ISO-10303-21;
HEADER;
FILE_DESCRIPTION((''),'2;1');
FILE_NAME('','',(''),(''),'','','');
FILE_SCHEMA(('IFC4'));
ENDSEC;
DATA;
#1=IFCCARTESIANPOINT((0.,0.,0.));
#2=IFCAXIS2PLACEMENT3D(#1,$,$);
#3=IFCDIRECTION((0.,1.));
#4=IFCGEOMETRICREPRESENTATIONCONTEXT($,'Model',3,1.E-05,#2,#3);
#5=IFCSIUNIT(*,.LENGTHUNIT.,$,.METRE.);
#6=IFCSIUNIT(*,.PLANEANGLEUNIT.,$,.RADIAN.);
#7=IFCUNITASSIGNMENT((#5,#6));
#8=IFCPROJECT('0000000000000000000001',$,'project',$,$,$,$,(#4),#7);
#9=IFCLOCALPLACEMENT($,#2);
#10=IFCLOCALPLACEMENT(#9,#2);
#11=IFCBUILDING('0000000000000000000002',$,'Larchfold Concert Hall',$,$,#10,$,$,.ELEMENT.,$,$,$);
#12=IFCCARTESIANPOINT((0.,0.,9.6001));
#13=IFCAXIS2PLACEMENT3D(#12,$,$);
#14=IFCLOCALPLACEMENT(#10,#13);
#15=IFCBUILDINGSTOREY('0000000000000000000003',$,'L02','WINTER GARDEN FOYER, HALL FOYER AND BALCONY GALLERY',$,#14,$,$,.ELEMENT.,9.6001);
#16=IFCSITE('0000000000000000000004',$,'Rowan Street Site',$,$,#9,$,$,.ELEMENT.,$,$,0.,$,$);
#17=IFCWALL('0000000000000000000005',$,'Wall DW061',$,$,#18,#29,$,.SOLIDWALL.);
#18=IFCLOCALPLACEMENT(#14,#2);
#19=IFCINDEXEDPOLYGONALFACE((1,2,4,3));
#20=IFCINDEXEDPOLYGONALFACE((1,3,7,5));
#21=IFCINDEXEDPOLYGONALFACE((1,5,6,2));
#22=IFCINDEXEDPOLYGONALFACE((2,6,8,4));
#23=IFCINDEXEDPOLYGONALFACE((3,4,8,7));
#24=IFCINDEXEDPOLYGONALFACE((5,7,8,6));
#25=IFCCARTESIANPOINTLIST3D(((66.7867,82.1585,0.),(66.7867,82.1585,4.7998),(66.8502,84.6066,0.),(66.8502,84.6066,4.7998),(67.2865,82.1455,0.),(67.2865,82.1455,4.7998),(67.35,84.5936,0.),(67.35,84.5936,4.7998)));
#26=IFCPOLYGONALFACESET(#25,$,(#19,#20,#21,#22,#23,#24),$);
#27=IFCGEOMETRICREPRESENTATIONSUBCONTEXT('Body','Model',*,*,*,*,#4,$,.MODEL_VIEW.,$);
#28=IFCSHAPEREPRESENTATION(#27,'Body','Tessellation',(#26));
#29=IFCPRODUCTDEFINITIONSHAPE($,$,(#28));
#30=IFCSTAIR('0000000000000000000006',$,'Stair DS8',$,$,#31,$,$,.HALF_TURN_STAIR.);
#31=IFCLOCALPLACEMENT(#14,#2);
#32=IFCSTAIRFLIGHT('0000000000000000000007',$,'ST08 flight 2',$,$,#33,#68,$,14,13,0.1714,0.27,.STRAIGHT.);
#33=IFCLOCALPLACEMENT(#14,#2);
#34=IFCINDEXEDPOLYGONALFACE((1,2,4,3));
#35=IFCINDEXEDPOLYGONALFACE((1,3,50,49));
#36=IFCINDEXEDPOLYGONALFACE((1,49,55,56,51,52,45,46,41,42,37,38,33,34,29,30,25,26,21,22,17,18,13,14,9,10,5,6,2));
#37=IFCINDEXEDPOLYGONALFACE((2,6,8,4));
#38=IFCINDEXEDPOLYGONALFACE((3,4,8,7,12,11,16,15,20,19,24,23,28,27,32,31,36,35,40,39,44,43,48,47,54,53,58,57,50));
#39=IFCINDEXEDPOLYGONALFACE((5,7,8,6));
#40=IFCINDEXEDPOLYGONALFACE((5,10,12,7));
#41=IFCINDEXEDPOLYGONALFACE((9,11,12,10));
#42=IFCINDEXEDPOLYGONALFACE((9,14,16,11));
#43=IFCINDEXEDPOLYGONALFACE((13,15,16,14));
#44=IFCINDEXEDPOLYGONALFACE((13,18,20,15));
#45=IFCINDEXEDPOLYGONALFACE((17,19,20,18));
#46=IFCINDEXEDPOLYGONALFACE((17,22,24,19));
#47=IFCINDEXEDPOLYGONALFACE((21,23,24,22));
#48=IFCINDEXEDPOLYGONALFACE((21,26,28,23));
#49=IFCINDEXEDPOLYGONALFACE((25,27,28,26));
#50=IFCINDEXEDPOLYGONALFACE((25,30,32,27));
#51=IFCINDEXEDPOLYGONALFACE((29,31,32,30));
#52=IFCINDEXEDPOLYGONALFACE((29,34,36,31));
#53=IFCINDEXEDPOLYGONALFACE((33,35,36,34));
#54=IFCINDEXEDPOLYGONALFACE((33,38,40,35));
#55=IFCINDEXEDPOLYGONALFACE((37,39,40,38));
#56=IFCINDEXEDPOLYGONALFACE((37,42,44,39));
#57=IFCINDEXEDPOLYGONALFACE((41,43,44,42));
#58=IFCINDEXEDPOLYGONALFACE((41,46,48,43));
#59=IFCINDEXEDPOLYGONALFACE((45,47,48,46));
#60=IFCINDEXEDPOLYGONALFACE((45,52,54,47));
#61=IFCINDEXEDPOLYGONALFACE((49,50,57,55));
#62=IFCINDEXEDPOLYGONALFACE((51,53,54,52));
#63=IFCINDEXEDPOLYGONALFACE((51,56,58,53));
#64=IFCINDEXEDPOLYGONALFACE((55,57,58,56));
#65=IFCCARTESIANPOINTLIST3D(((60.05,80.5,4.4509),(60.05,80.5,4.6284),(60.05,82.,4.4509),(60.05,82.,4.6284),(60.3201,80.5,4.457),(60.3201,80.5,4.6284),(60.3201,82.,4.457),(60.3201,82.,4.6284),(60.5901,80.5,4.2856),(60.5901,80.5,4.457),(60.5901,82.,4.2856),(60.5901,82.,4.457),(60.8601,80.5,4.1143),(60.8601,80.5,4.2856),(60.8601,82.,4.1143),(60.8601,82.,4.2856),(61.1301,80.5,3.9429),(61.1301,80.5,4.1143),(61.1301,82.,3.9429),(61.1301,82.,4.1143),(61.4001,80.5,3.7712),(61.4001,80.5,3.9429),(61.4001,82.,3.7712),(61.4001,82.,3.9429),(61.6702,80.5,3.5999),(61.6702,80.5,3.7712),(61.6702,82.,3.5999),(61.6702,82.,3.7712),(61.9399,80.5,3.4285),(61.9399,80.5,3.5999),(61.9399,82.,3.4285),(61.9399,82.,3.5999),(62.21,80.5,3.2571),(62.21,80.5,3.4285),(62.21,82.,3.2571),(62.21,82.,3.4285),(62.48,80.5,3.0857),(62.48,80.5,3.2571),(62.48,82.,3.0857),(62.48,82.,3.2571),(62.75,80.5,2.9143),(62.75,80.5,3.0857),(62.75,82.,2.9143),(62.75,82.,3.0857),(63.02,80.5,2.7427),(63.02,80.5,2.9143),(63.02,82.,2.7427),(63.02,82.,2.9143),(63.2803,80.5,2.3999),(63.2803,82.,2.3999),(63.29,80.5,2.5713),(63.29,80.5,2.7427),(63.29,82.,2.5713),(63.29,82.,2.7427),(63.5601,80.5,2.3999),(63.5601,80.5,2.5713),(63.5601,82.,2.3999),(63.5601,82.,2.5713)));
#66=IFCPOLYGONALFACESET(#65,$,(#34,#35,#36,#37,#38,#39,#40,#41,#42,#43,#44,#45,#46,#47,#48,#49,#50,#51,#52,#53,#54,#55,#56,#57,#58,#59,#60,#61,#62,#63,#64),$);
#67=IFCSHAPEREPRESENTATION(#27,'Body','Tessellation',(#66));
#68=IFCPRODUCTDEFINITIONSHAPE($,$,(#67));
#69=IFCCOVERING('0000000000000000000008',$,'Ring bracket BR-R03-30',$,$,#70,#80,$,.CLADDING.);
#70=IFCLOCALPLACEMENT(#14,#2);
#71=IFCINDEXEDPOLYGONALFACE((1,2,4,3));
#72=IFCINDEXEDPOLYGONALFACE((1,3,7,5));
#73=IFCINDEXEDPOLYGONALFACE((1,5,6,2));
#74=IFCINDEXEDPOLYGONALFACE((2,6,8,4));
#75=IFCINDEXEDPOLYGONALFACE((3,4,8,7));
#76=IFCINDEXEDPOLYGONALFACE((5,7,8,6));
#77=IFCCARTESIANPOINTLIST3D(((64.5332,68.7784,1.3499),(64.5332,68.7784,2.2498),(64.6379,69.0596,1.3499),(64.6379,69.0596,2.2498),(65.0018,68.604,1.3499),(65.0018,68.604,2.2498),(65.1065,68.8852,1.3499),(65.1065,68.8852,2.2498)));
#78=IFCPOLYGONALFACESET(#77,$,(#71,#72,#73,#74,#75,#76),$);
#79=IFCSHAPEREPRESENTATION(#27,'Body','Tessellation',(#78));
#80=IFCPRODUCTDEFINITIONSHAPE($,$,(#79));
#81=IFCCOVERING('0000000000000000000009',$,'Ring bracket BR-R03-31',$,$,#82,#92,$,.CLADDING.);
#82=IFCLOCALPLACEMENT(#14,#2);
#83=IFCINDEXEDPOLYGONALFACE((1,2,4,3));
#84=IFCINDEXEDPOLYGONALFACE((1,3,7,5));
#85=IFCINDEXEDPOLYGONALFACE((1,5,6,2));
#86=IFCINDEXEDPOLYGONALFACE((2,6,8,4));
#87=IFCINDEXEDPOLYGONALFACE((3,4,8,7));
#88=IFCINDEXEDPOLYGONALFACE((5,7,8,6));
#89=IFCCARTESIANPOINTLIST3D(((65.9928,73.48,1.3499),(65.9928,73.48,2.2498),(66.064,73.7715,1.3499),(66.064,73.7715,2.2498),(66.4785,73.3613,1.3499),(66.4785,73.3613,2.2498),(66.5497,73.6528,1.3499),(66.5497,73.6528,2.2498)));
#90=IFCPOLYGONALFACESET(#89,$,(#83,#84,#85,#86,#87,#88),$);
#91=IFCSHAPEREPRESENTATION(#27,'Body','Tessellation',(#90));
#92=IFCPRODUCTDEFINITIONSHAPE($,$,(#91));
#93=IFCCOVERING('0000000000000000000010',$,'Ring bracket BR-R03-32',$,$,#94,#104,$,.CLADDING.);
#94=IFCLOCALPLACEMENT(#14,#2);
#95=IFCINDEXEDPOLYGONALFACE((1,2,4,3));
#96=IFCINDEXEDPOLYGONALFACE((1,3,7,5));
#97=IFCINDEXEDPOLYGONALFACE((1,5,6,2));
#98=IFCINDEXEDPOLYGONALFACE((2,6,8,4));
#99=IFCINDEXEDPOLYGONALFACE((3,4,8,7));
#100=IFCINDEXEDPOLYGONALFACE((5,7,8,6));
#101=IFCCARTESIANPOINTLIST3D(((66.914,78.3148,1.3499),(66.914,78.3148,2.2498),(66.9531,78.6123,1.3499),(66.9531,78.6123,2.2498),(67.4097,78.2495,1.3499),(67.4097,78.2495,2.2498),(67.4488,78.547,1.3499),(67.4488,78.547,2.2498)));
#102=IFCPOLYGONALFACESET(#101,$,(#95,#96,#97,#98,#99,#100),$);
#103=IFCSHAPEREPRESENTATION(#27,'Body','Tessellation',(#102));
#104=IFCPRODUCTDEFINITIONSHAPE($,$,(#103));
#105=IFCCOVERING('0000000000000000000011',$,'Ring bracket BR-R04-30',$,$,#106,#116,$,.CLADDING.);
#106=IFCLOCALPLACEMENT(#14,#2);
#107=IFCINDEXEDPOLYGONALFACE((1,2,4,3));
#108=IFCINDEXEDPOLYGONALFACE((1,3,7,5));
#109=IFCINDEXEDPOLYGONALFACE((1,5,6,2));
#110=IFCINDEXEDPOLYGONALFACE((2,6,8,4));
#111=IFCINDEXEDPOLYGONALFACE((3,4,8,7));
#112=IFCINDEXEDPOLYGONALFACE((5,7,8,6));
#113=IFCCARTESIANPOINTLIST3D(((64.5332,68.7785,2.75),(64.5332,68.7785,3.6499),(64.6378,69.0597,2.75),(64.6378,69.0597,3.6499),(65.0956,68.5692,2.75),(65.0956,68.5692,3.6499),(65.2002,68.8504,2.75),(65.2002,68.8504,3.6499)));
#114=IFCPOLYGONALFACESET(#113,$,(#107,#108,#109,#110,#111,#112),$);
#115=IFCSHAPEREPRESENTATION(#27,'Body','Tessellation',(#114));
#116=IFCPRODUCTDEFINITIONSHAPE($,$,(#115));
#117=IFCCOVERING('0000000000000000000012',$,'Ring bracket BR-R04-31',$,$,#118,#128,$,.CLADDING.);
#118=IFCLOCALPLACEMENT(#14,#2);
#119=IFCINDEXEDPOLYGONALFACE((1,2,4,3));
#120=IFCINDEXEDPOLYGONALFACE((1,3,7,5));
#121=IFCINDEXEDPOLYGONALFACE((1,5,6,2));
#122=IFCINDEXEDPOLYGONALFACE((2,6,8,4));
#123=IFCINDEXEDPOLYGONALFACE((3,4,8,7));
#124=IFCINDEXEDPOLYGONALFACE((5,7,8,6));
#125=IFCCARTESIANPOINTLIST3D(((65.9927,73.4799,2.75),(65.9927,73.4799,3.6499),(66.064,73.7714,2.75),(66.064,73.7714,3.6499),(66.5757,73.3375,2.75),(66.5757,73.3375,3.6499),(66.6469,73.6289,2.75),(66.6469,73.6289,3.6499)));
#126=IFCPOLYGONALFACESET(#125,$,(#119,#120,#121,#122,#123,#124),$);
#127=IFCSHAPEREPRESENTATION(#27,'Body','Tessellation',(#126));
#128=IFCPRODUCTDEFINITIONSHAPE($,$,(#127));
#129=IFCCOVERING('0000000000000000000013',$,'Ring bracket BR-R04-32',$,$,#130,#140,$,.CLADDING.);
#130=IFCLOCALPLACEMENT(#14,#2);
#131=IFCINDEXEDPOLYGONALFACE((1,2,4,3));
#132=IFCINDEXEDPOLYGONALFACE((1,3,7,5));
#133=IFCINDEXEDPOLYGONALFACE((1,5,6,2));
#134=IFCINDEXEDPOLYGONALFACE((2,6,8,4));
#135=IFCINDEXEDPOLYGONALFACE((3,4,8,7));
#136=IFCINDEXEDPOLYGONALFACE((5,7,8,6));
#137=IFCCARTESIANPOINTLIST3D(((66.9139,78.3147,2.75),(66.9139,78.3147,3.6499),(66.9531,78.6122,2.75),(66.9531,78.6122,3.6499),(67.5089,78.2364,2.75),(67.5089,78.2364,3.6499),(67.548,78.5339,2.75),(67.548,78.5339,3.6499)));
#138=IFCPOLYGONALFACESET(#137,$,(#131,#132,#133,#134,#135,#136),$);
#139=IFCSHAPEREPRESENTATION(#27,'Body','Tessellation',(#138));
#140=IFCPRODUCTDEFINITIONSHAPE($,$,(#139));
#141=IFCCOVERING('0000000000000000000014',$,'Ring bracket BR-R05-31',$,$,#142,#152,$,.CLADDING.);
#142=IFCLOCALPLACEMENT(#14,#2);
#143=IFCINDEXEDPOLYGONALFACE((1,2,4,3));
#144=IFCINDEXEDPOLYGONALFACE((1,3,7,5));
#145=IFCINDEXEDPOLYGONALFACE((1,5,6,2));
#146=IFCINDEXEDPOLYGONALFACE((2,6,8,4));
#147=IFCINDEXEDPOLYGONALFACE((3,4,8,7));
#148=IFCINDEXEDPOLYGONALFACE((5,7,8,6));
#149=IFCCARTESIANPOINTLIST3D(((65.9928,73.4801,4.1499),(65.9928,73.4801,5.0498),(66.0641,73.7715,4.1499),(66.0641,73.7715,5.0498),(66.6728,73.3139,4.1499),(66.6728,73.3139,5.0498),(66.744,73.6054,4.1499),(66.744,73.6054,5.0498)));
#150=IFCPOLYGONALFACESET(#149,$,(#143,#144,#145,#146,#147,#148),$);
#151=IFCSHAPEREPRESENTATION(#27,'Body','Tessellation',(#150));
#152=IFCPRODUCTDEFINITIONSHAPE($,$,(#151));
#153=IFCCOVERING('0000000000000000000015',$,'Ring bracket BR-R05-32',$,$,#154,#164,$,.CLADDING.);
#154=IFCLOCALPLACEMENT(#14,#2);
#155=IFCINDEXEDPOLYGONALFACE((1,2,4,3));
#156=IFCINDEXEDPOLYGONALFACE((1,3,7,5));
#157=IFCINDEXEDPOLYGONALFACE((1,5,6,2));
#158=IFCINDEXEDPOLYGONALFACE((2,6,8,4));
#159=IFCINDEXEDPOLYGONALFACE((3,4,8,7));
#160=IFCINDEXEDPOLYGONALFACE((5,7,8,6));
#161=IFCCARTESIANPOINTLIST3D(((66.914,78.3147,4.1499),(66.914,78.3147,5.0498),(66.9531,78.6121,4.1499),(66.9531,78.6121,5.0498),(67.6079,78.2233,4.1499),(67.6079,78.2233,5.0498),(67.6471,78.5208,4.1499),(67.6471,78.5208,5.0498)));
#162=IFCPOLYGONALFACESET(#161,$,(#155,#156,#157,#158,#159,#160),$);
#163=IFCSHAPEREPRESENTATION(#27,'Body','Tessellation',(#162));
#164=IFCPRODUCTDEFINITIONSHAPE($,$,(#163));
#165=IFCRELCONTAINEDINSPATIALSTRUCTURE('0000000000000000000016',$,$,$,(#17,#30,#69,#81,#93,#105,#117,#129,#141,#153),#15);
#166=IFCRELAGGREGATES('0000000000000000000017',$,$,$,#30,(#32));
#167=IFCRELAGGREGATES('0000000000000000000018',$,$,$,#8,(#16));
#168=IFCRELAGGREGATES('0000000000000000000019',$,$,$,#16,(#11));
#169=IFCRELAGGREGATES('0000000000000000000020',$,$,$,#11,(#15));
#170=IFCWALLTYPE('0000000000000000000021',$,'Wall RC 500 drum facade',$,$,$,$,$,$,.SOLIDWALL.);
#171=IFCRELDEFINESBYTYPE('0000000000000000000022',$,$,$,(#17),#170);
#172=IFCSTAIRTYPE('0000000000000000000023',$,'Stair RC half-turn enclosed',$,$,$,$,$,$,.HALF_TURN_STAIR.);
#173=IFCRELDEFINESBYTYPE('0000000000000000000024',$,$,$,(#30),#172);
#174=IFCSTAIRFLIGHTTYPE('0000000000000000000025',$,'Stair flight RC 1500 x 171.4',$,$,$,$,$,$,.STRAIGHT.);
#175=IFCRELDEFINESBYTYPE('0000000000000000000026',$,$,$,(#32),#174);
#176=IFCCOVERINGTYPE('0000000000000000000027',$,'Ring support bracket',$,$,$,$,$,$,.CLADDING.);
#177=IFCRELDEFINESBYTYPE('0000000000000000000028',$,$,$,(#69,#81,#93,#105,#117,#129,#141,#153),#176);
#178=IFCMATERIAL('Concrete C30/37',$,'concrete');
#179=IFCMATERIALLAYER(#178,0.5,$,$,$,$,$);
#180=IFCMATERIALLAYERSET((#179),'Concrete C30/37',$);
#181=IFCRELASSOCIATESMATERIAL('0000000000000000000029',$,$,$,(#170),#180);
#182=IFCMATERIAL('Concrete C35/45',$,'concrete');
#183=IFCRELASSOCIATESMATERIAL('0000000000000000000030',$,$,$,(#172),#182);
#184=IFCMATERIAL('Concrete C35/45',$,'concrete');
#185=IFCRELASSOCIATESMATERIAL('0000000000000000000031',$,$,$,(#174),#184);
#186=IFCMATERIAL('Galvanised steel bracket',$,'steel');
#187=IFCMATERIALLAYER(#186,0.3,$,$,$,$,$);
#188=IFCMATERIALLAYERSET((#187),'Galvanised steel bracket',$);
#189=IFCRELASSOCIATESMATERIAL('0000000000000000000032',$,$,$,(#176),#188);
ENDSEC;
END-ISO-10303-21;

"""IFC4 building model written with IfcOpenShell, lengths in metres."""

from ifc_helpers import new_model, si_unit, direction, frame, frame_2d, origin, origin_2d, place, context, subcontext, project, spatial, polyline, rectangle, outline, extrude, material, layer, layer_set, type_object, element, aggregate, save


model = new_model("IFC4")

# Units and contexts
model_context = context("Model", 3, precision=1e-05, world=origin(), true_north=direction((0.0, 1.0)))
body_context = subcontext(model_context, "Body", "Model", "MODEL_VIEW")
ifc_project = project(units=[si_unit("LENGTHUNIT", "METRE"), si_unit("PLANEANGLEUNIT", "RADIAN")], contexts=[model_context])

# Site, building, storey
site_placement = place(None, origin())
site = spatial("IfcSite", under=ifc_project, at=site_placement, Name="Rowan Street Site", CompositionType="ELEMENT", RefElevation=0.0)
building_placement = place(site_placement, origin())
building = spatial("IfcBuilding", under=site, at=building_placement, Name="Larchfold Concert Hall", CompositionType="ELEMENT")
storey_placement = place(building_placement, frame((0.0, 0.0, 9.6001)))
storey = spatial("IfcBuildingStorey", under=building, at=storey_placement, Name="L02", Description="WINTER GARDEN FOYER, HALL FOYER AND BALCONY GALLERY", CompositionType="ELEMENT", Elevation=9.6001)

# Wall
ifc_material_1 = material(Name="Concrete C30/37", Category="concrete")
ifc_layer_1 = layer(ifc_material_1, 0.5)
ifc_layer_set_1 = layer_set([ifc_layer_1], Name="Concrete C30/37")
wall_type_1 = type_object("IfcWallType", Name="Wall RC 500 drum facade", PredefinedType="SOLIDWALL", material=ifc_layer_set_1)
wall_1_placement = place(storey_placement, frame((67.0366, 82.1519, 0.0), z_axis=(0.0, 0.0, 1.0), x_axis=(0.025919, 0.999664, 0.0)))
element("IfcWall", 1, at=wall_1_placement, inside=storey, type_object=wall_type_1, Name="Wall DW061", PredefinedType="SOLIDWALL", context=body_context, shape_type="SweptSolid", body=[
    extrude(rectangle(XDim=2.449, YDim=0.5, at=frame_2d((1.2246, 0.0))), origin(), (0.0, 0.0, 1.0), 4.7998),
])

# Stair, stair flight
ifc_material_2 = material(Name="Concrete C35/45", Category="concrete")
stair_type = type_object("IfcStairType", Name="Stair RC half-turn enclosed", PredefinedType="HALF_TURN_STAIR", material=ifc_material_2)
stair_placement = place(storey_placement, origin())
stair = element("IfcStair", 2, at=stair_placement, inside=storey, type_object=stair_type, Name="Stair DS8", PredefinedType="HALF_TURN_STAIR")
ifc_material_3 = material(Name="Concrete C35/45", Category="concrete")
stair_flight_type = type_object("IfcStairFlightType", Name="Stair flight RC 1500 x 171.4", PredefinedType="STRAIGHT", material=ifc_material_3)
stair_flight_placement = place(storey_placement, frame((63.5601, 81.25, 2.3999), z_axis=(0.0, 0.0, 1.0), x_axis=(-1.0, 0.0, 0.0)))
stair_flight = element("IfcStairFlight", 3, at=stair_flight_placement, type_object=stair_flight_type, Name="ST08 flight 2", NumberOfRisers=14, NumberOfTreads=13, PredefinedType="STRAIGHT", RiserHeight=0.1714, TreadLength=0.27, context=body_context, shape_type="SweptSolid", body=[
    extrude(outline(polyline([(0.0, 0.0), (0.0, 0.1714), (0.27, 0.1714), (0.27, 0.3428), (0.54, 0.3428), (0.54, 0.5144), (0.8101, 0.5144), (0.8101, 0.6858), (1.0801, 0.6858), (1.0801, 0.8572), (1.3501, 0.8572), (1.3501, 1.0286), (1.6201, 1.0286), (1.6201, 1.2), (1.8899, 1.2), (1.8899, 1.3713), (2.1599, 1.3713), (2.1599, 1.543), (2.4299, 1.543), (2.4299, 1.7144), (2.7, 1.7144), (2.7, 1.8857), (2.97, 1.8857), (2.97, 2.0571), (3.24, 2.0571), (3.24, 2.2285), (3.51, 2.2285), (3.51, 2.3999), (3.51, 2.051), (0.2798, 0.0), (0.0, 0.0)])), frame((0.0, 0.75, 0.0), z_axis=(0.0, -1.0, 0.0), x_axis=(1.0, 0.0, 0.0)), (0.0, 0.0, 1.0), 1.5),
])
aggregate(stair, [stair_flight])

# Coverings
ifc_material_4 = material(Name="Galvanised steel bracket", Category="steel")
ifc_layer_2 = layer(ifc_material_4, 0.3)
ifc_layer_set_2 = layer_set([ifc_layer_2], Name="Galvanised steel bracket")
covering_type = type_object("IfcCoveringType", Name="Ring support bracket", PredefinedType="CLADDING", material=ifc_layer_set_2)
for number, where, z_axis, x_axis, name in (
    (4, (64.8198, 68.8318, 1.3499), (0.0, 0.0, 1.0), (0.937177, -0.348853, 0.0), "Ring bracket BR-R03-30"),
    (5, (66.2712, 73.5664, 1.3499), (0.0, 0.0, 1.0), (0.971412, -0.237401, 0.0), "Ring bracket BR-R03-31"),
    (6, (67.1814, 78.4309, 1.3499), (0.0, 0.0, 1.0), (0.99145, -0.130488, 0.0), "Ring bracket BR-R03-32"),
):
    element("IfcCovering", number, at=place(storey_placement, frame(where, z_axis=z_axis, x_axis=x_axis)), inside=storey, type_object=covering_type, Name=name, PredefinedType="CLADDING", context=body_context, shape_type="SweptSolid", body=[
        extrude(rectangle(XDim=0.5, YDim=0.3, at=origin_2d()), origin(), (0.0, 0.0, 1.0), 0.8999),
    ])
for number, where, z_axis, x_axis, name in (
    (7, (64.8667, 68.8145, 2.75), (0.0, 0.0, 1.0), (0.937177, -0.348853, 0.0), "Ring bracket BR-R04-30"),
    (8, (66.3198, 73.5544, 2.75), (0.0, 0.0, 1.0), (0.971412, -0.237401, 0.0), "Ring bracket BR-R04-31"),
    (9, (67.231, 78.4243, 2.75), (0.0, 0.0, 1.0), (0.99145, -0.130488, 0.0), "Ring bracket BR-R04-32"),
):
    element("IfcCovering", number, at=place(storey_placement, frame(where, z_axis=z_axis, x_axis=x_axis)), inside=storey, type_object=covering_type, Name=name, PredefinedType="CLADDING", context=body_context, shape_type="SweptSolid", body=[
        extrude(rectangle(XDim=0.6001, YDim=0.3, at=origin_2d()), origin(), (0.0, 0.0, 1.0), 0.8999),
    ])
for number, where, z_axis, x_axis, name in (
    (10, (66.3684, 73.5427, 4.1499), (0.0, 0.0, 1.0), (0.971412, -0.237401, 0.0), "Ring bracket BR-R05-31"),
    (11, (67.2805, 78.4177, 4.1499), (0.0, 0.0, 1.0), (0.99145, -0.130488, 0.0), "Ring bracket BR-R05-32"),
):
    element("IfcCovering", number, at=place(storey_placement, frame(where, z_axis=z_axis, x_axis=x_axis)), inside=storey, type_object=covering_type, Name=name, PredefinedType="CLADDING", context=body_context, shape_type="SweptSolid", body=[
        extrude(rectangle(XDim=0.7, YDim=0.3, at=origin_2d()), origin(), (0.0, 0.0, 1.0), 0.8999),
    ])

save(model, "model.ifc")
